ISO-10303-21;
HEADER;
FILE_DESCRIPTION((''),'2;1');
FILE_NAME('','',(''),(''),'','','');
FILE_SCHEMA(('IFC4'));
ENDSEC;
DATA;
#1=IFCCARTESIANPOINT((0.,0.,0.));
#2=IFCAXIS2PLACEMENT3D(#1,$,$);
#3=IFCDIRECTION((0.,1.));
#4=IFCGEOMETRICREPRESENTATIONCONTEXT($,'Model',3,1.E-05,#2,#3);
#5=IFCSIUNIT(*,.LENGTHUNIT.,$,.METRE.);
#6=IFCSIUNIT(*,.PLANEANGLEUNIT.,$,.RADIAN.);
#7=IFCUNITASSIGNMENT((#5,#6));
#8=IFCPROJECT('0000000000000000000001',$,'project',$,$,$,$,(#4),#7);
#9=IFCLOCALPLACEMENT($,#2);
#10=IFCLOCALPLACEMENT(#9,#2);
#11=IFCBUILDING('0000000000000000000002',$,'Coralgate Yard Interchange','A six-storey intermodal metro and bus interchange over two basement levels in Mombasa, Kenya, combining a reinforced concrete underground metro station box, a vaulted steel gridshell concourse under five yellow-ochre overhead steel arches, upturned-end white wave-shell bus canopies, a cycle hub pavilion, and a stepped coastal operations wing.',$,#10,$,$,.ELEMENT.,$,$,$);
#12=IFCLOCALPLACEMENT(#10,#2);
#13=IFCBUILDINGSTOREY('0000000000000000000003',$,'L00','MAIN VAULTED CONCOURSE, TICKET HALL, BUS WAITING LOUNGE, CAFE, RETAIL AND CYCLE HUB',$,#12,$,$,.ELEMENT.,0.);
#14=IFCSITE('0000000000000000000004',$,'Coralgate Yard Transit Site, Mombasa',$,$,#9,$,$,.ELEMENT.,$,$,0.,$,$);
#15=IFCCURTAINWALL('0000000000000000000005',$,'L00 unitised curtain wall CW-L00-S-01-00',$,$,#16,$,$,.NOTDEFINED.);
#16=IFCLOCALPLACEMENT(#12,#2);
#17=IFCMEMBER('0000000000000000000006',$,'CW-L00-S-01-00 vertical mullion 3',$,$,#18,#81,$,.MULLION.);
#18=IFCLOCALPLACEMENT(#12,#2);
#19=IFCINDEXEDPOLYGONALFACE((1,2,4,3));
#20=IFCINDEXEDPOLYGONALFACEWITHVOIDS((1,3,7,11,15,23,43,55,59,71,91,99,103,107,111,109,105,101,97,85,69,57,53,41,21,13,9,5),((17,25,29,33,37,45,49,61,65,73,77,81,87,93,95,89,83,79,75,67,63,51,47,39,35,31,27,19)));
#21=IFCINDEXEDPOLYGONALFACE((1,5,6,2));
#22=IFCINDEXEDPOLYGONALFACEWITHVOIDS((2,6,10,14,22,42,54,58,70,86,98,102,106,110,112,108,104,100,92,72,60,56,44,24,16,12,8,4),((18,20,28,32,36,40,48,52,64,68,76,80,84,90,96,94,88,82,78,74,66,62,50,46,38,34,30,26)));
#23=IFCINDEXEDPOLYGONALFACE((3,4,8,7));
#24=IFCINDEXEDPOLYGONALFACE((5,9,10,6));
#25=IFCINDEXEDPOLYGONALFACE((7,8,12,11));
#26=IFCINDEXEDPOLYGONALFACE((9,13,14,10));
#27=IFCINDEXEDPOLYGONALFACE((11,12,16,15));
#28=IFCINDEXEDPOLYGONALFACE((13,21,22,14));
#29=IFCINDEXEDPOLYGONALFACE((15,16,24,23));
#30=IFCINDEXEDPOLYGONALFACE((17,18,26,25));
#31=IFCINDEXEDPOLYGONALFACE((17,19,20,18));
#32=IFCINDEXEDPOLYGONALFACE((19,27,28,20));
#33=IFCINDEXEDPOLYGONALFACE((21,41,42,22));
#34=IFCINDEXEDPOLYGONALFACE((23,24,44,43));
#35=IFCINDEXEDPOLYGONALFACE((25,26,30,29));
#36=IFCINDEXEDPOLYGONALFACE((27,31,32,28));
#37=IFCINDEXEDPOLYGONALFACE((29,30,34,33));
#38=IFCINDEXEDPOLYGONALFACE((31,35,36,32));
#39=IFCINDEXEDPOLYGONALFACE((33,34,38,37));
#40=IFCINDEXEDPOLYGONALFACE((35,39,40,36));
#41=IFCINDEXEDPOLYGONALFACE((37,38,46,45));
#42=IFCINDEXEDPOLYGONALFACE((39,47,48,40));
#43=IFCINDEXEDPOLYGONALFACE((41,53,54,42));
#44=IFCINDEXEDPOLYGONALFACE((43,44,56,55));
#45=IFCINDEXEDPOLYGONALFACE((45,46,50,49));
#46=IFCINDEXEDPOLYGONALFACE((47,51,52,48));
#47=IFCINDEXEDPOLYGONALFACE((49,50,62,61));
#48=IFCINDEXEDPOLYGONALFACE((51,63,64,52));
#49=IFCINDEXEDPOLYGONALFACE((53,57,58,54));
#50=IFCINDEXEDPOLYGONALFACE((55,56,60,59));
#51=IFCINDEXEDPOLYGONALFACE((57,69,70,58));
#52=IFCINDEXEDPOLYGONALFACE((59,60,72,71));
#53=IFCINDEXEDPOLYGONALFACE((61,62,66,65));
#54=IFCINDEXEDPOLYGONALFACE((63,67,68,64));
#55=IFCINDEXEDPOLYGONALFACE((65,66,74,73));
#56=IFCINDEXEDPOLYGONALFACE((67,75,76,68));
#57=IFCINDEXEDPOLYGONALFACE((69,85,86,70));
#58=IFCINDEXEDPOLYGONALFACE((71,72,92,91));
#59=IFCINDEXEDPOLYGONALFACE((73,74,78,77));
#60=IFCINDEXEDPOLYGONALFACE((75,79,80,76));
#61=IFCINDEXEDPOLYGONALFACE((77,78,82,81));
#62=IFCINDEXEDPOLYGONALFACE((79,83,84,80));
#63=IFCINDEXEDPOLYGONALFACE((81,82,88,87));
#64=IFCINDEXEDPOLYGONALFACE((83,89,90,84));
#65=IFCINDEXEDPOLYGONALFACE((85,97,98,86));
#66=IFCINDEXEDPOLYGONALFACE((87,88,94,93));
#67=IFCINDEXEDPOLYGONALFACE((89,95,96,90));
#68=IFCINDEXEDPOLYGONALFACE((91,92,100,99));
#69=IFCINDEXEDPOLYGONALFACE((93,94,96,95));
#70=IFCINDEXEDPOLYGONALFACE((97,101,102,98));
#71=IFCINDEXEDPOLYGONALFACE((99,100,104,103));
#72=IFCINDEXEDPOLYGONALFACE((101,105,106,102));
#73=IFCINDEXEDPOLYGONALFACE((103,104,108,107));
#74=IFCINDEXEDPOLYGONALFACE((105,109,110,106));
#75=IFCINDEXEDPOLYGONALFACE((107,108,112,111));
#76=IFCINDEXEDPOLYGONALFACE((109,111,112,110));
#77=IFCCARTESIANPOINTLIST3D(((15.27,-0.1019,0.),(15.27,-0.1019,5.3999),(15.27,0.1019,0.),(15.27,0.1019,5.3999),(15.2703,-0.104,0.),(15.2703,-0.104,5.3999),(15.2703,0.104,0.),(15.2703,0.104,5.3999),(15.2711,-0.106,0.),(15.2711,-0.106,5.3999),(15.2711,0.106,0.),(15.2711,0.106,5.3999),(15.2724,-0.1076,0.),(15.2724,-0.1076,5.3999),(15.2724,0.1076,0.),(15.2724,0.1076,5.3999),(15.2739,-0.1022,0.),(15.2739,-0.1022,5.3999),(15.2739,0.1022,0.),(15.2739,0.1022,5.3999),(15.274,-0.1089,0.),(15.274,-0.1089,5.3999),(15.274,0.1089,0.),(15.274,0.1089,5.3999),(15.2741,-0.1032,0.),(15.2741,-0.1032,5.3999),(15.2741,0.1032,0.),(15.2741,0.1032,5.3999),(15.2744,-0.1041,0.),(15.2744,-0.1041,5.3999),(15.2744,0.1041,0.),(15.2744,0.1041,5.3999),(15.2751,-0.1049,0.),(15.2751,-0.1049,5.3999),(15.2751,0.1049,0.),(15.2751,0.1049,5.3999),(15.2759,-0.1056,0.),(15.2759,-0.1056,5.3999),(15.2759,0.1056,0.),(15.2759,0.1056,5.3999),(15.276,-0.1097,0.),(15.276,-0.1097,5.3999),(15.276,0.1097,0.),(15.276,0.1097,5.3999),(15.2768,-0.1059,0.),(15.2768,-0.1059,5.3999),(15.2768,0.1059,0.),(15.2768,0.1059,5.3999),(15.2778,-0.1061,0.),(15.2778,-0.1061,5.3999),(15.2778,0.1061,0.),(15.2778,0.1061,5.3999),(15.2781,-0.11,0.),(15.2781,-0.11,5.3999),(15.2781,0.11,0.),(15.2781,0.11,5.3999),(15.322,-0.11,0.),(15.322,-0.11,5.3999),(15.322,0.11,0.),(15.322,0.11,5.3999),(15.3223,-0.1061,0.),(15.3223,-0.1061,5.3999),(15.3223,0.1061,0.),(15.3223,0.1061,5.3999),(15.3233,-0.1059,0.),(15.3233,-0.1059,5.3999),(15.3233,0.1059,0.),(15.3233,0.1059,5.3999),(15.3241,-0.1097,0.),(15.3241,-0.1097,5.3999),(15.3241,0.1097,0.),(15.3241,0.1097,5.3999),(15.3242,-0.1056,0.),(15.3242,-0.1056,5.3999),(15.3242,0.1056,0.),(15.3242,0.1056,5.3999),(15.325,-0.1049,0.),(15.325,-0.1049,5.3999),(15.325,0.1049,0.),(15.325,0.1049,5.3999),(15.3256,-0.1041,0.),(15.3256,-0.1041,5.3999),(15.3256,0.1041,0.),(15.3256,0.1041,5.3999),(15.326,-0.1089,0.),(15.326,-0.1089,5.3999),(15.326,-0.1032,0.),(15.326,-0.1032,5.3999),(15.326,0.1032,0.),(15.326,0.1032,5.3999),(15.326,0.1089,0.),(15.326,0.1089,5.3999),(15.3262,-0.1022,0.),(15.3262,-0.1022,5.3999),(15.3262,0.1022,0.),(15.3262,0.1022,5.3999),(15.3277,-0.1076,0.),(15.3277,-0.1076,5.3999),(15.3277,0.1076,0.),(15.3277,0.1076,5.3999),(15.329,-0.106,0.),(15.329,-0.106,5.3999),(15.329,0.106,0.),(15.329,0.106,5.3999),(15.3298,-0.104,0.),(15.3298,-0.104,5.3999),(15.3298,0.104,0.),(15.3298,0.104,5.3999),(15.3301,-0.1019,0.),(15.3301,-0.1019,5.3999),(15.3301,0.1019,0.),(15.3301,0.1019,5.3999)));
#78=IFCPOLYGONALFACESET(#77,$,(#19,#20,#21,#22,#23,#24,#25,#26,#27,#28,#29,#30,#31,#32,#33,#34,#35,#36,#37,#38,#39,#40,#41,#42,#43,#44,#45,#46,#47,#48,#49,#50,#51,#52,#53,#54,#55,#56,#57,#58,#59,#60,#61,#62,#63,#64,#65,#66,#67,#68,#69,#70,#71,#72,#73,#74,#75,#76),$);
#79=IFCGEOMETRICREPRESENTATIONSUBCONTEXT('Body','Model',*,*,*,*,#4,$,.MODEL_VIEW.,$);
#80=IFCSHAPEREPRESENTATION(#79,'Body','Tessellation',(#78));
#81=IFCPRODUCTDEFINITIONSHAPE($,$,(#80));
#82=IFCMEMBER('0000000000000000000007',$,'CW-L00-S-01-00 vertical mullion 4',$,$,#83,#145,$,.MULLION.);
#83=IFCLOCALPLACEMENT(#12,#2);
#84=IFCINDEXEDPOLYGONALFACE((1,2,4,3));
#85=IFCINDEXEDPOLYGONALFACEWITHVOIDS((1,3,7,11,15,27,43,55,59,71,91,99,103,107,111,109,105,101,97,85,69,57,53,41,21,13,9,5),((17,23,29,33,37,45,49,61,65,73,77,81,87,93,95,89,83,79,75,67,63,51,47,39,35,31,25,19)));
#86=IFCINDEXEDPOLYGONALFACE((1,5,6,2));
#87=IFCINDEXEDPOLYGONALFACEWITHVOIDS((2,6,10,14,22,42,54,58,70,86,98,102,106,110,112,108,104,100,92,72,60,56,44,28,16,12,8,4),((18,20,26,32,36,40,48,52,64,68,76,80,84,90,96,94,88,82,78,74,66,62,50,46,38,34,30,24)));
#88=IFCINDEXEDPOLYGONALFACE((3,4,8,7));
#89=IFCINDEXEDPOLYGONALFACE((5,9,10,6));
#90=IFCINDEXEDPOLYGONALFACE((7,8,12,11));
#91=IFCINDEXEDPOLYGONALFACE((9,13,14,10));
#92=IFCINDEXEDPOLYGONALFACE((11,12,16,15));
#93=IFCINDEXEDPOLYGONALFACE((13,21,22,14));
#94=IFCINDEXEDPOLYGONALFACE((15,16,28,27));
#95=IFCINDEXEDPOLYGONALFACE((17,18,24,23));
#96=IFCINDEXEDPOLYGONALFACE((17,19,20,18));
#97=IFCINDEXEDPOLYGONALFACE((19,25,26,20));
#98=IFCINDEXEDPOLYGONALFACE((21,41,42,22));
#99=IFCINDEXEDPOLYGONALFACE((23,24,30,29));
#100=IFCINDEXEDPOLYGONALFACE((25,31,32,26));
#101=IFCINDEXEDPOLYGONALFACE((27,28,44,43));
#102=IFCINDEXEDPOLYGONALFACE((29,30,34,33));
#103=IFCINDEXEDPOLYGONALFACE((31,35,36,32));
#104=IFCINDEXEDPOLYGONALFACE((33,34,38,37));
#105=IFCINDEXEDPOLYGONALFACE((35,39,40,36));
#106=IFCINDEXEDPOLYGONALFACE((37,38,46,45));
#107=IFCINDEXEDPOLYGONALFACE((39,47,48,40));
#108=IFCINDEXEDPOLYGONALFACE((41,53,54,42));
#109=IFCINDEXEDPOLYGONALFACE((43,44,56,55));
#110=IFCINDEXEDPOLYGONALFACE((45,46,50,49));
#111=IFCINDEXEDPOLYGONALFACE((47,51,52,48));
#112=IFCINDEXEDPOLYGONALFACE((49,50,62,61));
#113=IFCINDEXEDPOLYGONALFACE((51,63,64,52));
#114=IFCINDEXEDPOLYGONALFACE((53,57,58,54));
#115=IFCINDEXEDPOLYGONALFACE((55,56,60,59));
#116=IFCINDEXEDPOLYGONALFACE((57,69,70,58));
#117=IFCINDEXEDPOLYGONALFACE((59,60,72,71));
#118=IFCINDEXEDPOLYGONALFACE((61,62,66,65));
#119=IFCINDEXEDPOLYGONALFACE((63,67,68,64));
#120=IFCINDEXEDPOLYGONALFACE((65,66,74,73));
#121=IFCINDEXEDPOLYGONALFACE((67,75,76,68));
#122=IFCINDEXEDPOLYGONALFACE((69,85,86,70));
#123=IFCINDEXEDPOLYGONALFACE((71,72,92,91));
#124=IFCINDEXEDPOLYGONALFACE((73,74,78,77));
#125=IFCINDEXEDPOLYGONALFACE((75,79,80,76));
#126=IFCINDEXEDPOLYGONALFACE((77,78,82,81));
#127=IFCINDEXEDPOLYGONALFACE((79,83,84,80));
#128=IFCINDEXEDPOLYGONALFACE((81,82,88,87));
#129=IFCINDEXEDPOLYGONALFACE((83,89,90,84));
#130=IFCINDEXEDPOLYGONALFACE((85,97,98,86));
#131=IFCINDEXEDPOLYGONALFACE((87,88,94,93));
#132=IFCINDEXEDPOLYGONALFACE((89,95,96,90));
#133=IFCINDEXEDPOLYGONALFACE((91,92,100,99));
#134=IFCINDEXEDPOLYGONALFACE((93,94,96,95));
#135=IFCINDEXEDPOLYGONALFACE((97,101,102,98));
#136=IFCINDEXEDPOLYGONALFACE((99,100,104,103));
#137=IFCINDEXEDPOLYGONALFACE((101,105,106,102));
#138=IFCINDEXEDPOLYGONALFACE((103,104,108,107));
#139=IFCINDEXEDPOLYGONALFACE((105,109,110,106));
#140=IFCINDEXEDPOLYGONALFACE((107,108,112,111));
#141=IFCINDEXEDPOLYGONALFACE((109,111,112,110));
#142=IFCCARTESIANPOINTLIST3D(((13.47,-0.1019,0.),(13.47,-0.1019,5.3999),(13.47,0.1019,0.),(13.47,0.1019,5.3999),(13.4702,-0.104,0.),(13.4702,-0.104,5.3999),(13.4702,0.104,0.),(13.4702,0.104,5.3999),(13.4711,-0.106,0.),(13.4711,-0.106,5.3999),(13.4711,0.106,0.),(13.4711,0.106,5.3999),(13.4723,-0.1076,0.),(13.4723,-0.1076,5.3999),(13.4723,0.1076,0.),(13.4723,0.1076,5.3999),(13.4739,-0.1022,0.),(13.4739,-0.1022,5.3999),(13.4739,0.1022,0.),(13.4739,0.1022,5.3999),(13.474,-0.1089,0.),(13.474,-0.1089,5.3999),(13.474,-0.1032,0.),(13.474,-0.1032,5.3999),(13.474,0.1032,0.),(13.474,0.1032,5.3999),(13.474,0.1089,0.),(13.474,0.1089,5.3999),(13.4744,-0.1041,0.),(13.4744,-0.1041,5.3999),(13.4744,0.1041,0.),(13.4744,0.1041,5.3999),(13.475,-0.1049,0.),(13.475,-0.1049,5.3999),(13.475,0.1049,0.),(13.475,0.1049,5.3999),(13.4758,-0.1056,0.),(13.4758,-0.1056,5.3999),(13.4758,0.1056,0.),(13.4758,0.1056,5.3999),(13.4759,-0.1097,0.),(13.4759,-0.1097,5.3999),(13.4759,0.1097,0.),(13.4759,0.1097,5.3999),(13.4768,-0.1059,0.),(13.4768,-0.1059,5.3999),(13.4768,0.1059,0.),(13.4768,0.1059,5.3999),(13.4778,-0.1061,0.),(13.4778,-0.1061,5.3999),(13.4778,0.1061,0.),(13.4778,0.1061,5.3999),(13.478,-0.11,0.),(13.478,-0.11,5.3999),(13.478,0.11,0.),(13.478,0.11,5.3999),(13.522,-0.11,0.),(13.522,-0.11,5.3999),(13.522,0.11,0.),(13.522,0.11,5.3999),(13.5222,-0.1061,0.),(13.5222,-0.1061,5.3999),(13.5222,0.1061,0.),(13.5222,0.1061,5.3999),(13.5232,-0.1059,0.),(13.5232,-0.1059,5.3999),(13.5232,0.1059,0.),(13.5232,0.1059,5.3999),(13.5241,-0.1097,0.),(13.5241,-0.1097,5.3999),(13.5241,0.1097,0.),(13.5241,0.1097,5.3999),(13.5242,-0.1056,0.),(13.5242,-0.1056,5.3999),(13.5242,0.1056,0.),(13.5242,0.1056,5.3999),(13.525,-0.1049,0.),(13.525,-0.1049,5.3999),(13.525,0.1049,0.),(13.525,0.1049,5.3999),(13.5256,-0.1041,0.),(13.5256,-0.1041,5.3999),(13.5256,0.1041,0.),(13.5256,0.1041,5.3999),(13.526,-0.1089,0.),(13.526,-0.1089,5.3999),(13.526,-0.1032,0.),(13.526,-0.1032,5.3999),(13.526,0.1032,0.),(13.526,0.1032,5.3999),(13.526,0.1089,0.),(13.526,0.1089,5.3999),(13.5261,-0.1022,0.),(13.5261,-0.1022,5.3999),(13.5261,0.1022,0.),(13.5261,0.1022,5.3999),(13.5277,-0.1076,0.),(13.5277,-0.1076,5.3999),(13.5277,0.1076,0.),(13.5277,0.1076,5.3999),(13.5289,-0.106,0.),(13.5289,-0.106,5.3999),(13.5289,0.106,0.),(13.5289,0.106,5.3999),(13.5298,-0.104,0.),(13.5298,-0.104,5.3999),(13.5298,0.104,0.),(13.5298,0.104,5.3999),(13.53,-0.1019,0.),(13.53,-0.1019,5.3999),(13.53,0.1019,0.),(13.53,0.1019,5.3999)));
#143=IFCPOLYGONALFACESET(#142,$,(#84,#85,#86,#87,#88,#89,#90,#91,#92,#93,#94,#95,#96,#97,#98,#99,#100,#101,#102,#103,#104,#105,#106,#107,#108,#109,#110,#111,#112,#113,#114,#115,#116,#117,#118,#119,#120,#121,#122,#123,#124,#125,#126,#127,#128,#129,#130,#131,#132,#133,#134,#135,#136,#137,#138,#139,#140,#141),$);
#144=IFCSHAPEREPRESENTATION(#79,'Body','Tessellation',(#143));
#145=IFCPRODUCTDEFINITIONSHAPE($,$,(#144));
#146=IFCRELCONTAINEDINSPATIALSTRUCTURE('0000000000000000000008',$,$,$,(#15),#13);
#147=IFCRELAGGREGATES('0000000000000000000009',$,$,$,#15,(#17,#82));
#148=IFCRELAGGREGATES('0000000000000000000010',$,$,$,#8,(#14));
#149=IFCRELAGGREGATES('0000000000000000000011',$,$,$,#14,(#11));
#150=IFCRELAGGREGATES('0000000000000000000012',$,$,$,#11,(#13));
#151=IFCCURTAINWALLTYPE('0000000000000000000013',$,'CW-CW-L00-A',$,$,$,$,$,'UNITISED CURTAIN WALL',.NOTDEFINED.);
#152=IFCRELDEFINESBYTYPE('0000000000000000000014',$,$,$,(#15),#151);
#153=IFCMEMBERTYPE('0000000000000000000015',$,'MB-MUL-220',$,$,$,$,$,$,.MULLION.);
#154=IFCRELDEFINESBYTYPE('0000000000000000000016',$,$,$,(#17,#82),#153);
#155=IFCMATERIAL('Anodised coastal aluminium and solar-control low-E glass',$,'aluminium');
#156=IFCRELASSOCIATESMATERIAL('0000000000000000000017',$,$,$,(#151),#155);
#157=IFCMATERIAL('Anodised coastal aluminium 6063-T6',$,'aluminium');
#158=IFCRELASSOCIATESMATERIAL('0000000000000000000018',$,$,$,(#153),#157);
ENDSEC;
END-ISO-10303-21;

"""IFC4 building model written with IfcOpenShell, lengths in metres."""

from ifc_helpers import new_model, si_unit, direction, frame, origin, origin_2d, place, context, subcontext, project, spatial, hollow_rectangle, extrude, material, material_profile, profile_set, type_object, element, aggregate, save


model = new_model("IFC4")

# Units and contexts
model_context = context("Model", 3, precision=1e-05, world=origin(), true_north=direction((0.0, 1.0)))
body_context = subcontext(model_context, "Body", "Model", "MODEL_VIEW")
ifc_project = project(units=[si_unit("LENGTHUNIT", "METRE"), si_unit("PLANEANGLEUNIT", "RADIAN")], contexts=[model_context])

# Site, building, storey
site_placement = place(None, origin())
site = spatial("IfcSite", under=ifc_project, at=site_placement, Name="Coralgate Yard Transit Site, Mombasa", CompositionType="ELEMENT", RefElevation=0.0)
building_placement = place(site_placement, origin())
building = spatial("IfcBuilding", under=site, at=building_placement, Name="Coralgate Yard Interchange", Description="A six-storey intermodal metro and bus interchange over two basement levels in Mombasa, Kenya, combining a reinforced concrete underground metro station box, a vaulted steel gridshell concourse under five yellow-ochre overhead steel arches, upturned-end white wave-shell bus canopies, a cycle hub pavilion, and a stepped coastal operations wing.", CompositionType="ELEMENT")
storey_placement = place(building_placement, origin())
storey = spatial("IfcBuildingStorey", under=building, at=storey_placement, Name="L00", Description="MAIN VAULTED CONCOURSE, TICKET HALL, BUS WAITING LOUNGE, CAFE, RETAIL AND CYCLE HUB", CompositionType="ELEMENT", Elevation=0.0)

# Curtain wall, members
ifc_material_1 = material(Name="Anodised coastal aluminium and solar-control low-E glass", Category="aluminium")
curtain_wall_type = type_object("IfcCurtainWallType", Name="CW-CW-L00-A", ElementType="UNITISED CURTAIN WALL", PredefinedType="NOTDEFINED", material=ifc_material_1)
curtain_wall_placement = place(storey_placement, origin())
curtain_wall = element("IfcCurtainWall", 1, at=curtain_wall_placement, inside=storey, type_object=curtain_wall_type, Name="L00 unitised curtain wall CW-L00-S-01-00", PredefinedType="NOTDEFINED")
ifc_material_2 = material(Name="Anodised coastal aluminium 6063-T6", Category="aluminium")
ifc_material_profile_1 = material_profile(ifc_material_2, hollow_rectangle(XDim=0.0601, YDim=0.22, WallThickness=0.0039, InnerFilletRadius=0.0039, OuterFilletRadius=0.0081, at=origin_2d()), Name="ALU 60x220x4")
ifc_profile_set_1 = profile_set([ifc_material_profile_1], Name="Anodised coastal aluminium 6063-T6")
member_type_1 = type_object("IfcMemberType", Name="MB-MUL-220", PredefinedType="MULLION", material=ifc_profile_set_1)
member_1_placement = place(storey_placement, frame((15.3, 0.0, 0.0), z_axis=(0.0, 0.0, 1.0), x_axis=(1.0, 0.0, 0.0)))
member_1 = element("IfcMember", 2, at=member_1_placement, type_object=member_type_1, Name="CW-L00-S-01-00 vertical mullion 3", PredefinedType="MULLION", context=body_context, shape_type="SweptSolid", body=[
    extrude(hollow_rectangle(XDim=0.0601, YDim=0.22, WallThickness=0.0039, InnerFilletRadius=0.0039, OuterFilletRadius=0.0081, at=origin_2d()), origin(), (0.0, 0.0, 1.0), 5.3999),
])
member_2_placement = place(storey_placement, frame((13.5, 0.0, 0.0), z_axis=(0.0, 0.0, 1.0), x_axis=(1.0, 0.0, 0.0)))
member_2 = element("IfcMember", 3, at=member_2_placement, type_object=member_type_1, Name="CW-L00-S-01-00 vertical mullion 4", PredefinedType="MULLION", context=body_context, shape_type="SweptSolid", body=[
    extrude(hollow_rectangle(XDim=0.0601, YDim=0.22, WallThickness=0.0039, InnerFilletRadius=0.0039, OuterFilletRadius=0.0081, at=origin_2d()), origin(), (0.0, 0.0, 1.0), 5.3999),
])
aggregate(curtain_wall, [member_1, member_2])

save(model, "model.ifc")
